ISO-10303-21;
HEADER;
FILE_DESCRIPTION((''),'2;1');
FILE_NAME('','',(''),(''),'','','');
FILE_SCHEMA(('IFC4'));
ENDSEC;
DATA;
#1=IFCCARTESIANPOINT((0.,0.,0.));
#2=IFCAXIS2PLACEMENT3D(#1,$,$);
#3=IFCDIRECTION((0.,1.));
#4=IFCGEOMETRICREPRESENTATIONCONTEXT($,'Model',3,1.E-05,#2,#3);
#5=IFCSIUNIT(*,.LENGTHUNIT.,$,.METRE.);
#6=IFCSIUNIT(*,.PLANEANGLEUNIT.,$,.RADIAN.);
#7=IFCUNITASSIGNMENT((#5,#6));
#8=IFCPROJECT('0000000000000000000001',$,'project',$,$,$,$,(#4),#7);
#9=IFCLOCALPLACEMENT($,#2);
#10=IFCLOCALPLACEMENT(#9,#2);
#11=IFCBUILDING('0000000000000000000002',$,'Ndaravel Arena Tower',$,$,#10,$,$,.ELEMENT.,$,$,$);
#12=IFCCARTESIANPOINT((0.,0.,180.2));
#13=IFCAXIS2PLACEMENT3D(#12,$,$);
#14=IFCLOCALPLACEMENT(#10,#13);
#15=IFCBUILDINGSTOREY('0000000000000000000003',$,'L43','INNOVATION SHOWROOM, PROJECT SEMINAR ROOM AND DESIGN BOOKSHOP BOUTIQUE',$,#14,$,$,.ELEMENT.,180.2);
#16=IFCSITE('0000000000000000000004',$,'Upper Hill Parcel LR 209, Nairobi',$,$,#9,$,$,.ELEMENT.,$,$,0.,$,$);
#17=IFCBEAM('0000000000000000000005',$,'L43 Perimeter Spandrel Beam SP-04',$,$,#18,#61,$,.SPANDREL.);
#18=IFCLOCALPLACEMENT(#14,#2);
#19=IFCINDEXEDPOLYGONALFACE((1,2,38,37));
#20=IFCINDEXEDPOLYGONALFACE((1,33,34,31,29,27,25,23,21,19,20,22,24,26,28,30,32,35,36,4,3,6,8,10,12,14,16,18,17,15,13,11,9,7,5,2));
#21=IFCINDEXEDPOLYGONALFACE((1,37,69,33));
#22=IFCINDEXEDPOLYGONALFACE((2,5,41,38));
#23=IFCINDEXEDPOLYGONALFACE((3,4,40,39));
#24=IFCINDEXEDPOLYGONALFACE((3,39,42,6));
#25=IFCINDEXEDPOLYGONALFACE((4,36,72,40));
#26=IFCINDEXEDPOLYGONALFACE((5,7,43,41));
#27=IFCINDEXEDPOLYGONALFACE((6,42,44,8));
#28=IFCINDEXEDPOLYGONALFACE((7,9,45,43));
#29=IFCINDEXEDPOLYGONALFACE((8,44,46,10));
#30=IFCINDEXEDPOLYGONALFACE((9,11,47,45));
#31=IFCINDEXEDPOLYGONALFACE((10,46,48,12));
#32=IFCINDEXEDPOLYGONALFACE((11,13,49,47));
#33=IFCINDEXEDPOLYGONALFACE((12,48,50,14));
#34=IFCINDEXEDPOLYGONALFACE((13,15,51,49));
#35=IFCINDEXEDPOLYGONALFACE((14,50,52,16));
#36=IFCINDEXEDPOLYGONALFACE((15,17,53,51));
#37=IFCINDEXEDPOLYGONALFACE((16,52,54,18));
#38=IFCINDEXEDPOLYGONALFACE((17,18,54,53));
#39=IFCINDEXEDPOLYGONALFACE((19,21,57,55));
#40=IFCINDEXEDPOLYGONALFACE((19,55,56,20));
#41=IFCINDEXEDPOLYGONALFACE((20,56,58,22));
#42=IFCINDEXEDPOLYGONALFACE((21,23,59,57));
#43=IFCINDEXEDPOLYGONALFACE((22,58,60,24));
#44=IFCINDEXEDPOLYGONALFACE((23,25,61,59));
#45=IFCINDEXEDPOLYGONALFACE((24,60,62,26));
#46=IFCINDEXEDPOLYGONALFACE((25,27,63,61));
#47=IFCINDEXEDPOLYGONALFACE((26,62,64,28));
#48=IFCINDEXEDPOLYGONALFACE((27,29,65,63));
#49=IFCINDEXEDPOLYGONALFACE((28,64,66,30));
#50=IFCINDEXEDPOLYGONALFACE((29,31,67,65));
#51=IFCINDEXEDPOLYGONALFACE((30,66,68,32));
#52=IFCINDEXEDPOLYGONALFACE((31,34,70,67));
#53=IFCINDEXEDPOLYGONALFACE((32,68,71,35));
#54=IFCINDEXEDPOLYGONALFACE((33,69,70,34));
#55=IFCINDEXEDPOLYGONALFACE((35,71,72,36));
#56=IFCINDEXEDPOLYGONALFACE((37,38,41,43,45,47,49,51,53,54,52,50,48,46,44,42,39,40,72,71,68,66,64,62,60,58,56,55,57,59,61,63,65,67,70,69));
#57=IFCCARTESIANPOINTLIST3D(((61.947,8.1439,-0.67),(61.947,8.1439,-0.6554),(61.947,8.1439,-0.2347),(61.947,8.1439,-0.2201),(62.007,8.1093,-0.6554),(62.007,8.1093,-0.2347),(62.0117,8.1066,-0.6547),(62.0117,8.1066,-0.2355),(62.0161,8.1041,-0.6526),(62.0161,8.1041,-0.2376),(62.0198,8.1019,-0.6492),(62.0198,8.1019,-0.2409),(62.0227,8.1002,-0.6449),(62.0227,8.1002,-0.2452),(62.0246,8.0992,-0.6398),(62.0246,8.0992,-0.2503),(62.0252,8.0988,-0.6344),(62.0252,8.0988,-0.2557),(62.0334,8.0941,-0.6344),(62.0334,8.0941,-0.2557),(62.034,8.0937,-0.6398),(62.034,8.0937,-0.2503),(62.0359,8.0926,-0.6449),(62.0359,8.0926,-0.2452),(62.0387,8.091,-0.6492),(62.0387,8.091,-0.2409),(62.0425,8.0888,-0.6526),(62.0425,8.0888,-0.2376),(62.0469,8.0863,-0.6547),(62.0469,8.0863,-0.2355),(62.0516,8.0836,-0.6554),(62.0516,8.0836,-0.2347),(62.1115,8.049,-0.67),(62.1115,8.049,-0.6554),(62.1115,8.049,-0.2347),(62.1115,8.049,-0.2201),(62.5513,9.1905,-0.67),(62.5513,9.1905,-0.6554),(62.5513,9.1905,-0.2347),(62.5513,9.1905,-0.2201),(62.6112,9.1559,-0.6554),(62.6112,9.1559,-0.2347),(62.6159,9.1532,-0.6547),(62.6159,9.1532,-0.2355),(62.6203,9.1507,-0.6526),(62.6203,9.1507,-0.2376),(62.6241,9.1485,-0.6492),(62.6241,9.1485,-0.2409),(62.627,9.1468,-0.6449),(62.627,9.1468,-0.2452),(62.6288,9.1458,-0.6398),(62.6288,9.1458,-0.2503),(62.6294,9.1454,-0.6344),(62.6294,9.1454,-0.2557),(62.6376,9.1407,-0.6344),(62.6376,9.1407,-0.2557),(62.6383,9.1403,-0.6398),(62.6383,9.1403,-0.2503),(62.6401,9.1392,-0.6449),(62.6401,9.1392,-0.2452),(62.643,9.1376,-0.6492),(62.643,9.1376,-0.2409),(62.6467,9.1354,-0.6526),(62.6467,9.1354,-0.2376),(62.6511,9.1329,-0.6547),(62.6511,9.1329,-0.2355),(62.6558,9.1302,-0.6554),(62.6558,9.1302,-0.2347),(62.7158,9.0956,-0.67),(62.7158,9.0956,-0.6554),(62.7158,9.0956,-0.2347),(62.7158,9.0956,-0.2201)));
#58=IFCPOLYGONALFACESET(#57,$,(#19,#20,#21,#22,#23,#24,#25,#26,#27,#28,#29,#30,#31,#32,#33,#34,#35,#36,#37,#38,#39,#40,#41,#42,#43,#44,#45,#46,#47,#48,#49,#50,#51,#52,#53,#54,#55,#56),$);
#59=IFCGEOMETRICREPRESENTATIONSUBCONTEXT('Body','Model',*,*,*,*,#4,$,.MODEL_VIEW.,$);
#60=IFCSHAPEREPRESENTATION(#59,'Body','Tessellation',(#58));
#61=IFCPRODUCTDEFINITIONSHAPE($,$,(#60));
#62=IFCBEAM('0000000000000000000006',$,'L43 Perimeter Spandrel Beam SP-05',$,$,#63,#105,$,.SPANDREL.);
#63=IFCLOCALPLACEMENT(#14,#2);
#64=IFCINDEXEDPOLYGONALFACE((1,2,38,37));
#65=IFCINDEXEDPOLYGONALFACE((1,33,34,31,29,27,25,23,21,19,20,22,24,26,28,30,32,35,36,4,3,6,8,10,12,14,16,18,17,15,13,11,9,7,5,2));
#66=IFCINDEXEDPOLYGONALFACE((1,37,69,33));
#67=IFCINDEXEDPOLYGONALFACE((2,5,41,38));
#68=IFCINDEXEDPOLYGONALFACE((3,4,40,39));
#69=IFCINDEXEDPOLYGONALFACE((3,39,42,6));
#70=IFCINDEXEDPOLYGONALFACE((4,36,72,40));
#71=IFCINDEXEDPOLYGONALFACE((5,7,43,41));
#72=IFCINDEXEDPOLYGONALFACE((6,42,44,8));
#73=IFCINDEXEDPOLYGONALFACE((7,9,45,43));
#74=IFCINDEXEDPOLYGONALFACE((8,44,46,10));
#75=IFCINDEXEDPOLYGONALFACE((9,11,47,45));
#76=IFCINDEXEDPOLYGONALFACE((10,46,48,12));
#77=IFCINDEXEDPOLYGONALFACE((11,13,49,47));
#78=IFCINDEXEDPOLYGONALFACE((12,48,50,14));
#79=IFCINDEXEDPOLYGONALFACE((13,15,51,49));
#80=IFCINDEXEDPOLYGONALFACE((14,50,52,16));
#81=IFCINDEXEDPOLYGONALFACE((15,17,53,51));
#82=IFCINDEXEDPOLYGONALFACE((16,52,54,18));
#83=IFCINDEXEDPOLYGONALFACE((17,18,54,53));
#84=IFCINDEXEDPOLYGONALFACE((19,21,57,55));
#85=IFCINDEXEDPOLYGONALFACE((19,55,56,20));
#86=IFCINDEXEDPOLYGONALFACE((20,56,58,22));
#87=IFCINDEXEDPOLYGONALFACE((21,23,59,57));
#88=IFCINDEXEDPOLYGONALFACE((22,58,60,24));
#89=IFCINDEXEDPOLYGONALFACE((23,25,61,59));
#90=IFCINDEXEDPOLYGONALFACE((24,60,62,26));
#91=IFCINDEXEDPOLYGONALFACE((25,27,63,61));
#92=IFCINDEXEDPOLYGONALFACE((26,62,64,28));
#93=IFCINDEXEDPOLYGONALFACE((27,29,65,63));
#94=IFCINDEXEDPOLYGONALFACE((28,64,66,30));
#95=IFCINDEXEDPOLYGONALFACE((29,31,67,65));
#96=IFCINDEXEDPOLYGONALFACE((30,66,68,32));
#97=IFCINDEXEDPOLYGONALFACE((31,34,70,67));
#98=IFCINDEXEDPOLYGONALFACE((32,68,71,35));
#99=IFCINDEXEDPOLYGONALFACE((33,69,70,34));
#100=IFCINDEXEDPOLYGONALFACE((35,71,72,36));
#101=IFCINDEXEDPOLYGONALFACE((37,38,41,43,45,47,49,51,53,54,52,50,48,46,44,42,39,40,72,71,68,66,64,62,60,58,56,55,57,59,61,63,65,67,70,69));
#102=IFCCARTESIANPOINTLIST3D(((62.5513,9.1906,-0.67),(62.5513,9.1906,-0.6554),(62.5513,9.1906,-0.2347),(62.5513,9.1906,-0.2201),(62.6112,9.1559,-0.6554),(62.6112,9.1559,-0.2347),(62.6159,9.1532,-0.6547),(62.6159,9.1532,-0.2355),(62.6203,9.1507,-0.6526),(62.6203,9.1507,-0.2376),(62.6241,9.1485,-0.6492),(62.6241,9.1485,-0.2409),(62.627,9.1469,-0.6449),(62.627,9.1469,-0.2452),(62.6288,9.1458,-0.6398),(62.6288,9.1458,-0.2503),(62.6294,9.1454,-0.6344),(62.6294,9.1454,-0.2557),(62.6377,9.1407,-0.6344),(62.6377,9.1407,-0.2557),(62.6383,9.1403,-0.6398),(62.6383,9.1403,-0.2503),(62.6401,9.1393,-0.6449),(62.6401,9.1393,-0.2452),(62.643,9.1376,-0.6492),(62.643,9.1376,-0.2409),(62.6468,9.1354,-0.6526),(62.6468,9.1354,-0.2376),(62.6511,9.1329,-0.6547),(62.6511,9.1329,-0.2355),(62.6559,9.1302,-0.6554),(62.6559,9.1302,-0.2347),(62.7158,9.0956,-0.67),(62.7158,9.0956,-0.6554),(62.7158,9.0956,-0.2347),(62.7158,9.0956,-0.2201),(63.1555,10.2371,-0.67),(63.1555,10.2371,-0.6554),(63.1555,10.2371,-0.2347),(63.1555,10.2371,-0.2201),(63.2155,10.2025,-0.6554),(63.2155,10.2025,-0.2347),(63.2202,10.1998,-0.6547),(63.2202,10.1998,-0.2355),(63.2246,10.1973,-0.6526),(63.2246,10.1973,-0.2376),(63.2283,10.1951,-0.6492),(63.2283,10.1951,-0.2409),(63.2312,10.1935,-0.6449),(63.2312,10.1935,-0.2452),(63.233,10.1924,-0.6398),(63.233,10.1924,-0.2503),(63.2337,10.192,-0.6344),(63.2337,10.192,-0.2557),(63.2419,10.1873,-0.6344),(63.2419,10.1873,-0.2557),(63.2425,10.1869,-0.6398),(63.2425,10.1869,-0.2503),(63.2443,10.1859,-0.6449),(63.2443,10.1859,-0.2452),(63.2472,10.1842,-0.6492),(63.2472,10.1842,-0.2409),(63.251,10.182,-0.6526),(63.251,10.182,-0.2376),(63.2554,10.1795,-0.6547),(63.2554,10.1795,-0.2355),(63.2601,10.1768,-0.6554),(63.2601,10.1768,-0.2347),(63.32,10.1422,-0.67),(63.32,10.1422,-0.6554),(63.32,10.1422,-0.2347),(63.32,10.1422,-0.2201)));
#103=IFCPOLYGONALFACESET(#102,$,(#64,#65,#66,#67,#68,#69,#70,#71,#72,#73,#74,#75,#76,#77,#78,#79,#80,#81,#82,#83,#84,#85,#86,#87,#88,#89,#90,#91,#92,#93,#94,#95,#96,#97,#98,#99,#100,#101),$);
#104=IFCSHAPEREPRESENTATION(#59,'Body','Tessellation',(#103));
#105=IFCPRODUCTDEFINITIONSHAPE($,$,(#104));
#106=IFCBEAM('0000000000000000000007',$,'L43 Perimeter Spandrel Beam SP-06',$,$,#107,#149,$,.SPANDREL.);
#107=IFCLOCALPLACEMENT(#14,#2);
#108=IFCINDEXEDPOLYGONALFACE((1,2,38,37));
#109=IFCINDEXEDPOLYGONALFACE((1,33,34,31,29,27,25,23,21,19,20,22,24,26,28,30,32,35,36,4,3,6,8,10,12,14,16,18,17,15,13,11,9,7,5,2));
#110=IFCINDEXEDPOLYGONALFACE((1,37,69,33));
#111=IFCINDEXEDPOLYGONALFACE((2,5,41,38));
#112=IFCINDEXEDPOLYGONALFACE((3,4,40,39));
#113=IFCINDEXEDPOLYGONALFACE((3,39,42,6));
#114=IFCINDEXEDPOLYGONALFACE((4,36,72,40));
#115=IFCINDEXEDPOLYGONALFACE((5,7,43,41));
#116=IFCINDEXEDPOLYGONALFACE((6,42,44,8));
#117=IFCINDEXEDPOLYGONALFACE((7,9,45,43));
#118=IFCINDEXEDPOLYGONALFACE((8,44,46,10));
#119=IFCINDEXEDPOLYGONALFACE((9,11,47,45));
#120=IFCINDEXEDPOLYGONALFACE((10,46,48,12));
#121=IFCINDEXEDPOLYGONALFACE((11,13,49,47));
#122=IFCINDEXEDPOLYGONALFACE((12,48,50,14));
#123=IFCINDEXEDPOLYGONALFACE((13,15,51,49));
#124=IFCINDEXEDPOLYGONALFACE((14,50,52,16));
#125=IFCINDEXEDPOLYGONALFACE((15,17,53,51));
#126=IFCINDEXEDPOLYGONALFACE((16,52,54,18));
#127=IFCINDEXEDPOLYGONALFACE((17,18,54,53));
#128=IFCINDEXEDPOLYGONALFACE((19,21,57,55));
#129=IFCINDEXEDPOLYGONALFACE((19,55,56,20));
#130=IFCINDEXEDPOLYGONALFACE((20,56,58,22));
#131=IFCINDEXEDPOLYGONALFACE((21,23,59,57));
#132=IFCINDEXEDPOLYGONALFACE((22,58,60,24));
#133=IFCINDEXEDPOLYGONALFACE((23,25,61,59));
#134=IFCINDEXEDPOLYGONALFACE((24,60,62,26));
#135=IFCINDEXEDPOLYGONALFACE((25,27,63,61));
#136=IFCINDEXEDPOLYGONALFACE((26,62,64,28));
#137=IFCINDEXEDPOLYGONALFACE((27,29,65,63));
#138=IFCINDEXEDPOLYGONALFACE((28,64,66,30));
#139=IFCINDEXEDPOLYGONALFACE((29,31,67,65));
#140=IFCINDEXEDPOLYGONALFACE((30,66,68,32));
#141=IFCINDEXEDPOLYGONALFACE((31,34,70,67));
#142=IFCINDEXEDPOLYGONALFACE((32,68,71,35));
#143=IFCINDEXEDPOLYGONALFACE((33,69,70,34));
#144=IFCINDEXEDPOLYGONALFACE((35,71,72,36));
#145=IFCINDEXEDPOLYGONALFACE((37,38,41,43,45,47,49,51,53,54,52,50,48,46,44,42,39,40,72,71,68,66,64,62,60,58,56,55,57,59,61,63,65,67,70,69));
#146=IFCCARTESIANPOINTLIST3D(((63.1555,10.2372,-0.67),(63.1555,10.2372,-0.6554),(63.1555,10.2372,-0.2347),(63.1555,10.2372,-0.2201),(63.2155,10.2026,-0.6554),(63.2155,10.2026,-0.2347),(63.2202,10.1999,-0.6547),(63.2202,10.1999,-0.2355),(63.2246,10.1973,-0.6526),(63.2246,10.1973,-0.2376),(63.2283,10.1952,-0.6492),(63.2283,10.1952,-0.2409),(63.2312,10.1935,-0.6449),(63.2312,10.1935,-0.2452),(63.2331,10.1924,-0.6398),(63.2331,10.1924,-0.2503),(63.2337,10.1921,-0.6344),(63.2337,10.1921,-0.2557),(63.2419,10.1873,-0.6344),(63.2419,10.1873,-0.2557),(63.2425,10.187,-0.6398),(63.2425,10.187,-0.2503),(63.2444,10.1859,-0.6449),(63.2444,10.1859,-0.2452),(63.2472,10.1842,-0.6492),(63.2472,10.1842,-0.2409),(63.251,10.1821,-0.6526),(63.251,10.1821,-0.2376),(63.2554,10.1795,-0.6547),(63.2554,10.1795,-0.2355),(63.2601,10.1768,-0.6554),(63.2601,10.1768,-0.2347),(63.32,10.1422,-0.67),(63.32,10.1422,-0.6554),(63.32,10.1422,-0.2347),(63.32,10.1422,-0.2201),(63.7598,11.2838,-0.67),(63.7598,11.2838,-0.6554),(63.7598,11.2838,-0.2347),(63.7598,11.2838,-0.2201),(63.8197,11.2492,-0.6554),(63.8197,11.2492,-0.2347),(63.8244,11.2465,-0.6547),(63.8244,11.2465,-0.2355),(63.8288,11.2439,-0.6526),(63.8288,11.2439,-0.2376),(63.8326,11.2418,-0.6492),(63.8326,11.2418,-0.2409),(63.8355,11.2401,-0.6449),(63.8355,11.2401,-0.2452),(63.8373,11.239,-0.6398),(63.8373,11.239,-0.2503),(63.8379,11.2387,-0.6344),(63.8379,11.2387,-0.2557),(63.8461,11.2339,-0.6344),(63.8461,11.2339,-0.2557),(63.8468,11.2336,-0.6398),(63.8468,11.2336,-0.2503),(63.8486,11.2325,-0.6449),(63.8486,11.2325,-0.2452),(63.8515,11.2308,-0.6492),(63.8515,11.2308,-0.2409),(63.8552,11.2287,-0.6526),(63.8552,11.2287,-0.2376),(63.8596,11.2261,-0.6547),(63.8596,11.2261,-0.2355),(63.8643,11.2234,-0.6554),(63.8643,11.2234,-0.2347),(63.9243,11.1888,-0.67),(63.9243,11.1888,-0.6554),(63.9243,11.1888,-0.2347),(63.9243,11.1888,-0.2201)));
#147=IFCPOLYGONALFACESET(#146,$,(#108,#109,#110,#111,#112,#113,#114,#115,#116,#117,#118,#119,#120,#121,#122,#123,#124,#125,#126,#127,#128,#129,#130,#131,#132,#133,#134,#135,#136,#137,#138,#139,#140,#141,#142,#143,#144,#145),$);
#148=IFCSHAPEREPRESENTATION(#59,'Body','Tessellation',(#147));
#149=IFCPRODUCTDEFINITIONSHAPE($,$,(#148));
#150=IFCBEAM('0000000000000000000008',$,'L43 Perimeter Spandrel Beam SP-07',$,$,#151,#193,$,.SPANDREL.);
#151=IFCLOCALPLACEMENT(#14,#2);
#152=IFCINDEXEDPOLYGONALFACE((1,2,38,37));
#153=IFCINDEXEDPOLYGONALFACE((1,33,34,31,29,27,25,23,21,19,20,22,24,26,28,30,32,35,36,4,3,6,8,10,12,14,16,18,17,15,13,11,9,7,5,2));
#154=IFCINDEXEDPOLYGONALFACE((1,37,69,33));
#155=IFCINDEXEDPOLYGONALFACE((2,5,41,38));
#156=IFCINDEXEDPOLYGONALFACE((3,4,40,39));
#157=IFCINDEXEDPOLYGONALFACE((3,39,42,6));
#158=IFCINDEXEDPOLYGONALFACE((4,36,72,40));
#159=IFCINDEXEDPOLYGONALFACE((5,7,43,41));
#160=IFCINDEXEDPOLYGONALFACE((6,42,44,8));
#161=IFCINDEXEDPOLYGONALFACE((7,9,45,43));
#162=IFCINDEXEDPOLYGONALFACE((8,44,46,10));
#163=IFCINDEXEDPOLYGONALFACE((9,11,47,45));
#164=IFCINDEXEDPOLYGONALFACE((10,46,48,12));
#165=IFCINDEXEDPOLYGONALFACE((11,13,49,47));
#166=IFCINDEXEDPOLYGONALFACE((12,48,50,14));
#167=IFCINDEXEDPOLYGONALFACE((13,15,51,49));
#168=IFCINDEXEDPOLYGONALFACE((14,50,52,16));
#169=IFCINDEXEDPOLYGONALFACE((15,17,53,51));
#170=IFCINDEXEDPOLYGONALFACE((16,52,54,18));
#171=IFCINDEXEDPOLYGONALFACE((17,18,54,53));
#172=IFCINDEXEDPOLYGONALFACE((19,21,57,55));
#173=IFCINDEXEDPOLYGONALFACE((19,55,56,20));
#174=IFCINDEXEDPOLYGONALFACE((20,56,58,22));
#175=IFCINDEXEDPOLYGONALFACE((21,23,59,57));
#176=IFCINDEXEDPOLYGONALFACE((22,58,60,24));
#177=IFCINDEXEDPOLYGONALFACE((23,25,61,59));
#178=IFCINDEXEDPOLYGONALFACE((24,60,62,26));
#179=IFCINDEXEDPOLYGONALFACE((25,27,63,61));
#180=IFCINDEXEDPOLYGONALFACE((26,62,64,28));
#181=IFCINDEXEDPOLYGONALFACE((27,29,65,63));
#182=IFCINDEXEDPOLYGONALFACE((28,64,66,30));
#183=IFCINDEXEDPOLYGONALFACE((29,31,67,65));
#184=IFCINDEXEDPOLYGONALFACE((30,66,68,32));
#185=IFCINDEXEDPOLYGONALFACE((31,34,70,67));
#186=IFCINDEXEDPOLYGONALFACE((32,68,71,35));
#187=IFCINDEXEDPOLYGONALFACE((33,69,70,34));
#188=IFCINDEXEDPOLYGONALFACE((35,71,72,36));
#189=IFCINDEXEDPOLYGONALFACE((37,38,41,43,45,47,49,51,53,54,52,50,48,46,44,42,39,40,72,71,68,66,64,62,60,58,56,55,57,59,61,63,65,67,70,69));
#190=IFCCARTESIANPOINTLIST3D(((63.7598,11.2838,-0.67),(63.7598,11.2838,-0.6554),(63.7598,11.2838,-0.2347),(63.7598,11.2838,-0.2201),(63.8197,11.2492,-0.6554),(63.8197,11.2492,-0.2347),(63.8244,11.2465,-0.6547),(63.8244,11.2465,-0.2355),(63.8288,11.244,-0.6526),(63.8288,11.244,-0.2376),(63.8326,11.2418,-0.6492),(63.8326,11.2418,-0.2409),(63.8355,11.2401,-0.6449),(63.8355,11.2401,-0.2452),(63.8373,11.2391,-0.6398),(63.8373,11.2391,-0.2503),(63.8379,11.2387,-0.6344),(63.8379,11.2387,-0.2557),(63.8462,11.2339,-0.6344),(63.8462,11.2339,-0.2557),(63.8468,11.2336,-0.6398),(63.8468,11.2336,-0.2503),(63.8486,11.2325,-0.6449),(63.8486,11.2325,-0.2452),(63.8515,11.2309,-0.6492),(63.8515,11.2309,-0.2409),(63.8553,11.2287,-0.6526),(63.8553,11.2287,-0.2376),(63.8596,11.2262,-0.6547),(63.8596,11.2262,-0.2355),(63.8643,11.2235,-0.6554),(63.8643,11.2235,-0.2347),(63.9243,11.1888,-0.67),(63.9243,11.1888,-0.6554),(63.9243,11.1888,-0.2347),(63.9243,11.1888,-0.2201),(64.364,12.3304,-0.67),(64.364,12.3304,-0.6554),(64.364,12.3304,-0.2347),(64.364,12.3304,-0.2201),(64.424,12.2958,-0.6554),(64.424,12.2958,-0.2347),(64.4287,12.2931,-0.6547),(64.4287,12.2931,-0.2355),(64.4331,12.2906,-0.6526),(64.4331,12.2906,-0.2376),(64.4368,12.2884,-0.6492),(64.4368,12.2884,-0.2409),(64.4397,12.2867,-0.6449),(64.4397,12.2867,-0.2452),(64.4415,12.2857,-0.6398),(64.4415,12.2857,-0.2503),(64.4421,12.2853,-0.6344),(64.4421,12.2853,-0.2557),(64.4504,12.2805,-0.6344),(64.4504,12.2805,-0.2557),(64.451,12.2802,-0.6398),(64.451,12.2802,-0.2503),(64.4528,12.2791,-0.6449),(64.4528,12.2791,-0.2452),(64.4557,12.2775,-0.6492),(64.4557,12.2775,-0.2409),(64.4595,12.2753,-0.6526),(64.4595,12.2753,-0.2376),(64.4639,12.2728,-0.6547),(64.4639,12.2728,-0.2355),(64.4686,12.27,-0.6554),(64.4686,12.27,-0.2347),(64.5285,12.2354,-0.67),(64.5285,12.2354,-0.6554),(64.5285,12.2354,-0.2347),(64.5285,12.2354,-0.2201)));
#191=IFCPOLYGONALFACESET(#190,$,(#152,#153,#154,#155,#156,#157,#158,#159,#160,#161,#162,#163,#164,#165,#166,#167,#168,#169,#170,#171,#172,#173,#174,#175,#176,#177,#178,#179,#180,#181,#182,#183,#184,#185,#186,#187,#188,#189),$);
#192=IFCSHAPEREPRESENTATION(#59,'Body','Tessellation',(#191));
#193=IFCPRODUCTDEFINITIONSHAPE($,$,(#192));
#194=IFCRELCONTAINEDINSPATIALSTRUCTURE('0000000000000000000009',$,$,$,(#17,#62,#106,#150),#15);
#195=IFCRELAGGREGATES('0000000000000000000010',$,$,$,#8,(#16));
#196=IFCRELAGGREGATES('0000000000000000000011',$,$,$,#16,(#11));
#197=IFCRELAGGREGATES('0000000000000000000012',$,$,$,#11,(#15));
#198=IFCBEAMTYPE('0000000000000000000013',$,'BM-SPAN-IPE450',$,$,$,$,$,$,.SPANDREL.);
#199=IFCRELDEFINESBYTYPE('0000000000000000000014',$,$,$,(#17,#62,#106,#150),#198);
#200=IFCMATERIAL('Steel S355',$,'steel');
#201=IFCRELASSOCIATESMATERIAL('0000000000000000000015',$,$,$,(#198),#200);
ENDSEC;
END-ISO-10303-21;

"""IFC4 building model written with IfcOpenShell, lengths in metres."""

from ifc_helpers import new_model, si_unit, direction, frame, origin, origin_2d, place, context, subcontext, project, spatial, i_section, extrude, material, material_profile, profile_set, type_object, element, save


model = new_model("IFC4")

# Units and contexts
model_context = context("Model", 3, precision=1e-05, world=origin(), true_north=direction((0.0, 1.0)))
body_context = subcontext(model_context, "Body", "Model", "MODEL_VIEW")
ifc_project = project(units=[si_unit("LENGTHUNIT", "METRE"), si_unit("PLANEANGLEUNIT", "RADIAN")], contexts=[model_context])

# Site, building, storey
site_placement = place(None, origin())
site = spatial("IfcSite", under=ifc_project, at=site_placement, Name="Upper Hill Parcel LR 209, Nairobi", CompositionType="ELEMENT", RefElevation=0.0)
building_placement = place(site_placement, origin())
building = spatial("IfcBuilding", under=site, at=building_placement, Name="Ndaravel Arena Tower", CompositionType="ELEMENT")
storey_placement = place(building_placement, frame((0.0, 0.0, 180.2)))
storey = spatial("IfcBuildingStorey", under=building, at=storey_placement, Name="L43", Description="INNOVATION SHOWROOM, PROJECT SEMINAR ROOM AND DESIGN BOOKSHOP BOUTIQUE", CompositionType="ELEMENT", Elevation=180.2)

# Beams
ifc_material_1 = material(Name="Steel S355", Category="steel")
ifc_material_profile_1 = material_profile(ifc_material_1, i_section(OverallWidth=0.1899, OverallDepth=0.45, WebThickness=0.0095, FlangeThickness=0.0146, FilletRadius=0.021, at=origin_2d()), Name="IPE 450")
ifc_profile_set_1 = profile_set([ifc_material_profile_1], Name="Steel S355")
beam_type = type_object("IfcBeamType", Name="BM-SPAN-IPE450", PredefinedType="SPANDREL", material=ifc_profile_set_1)
for number, where, z_axis, x_axis, name in (
    (1, (62.0293, 8.0964, -0.4451), (0.499985, 0.866034, 0.0), (-0.866034, 0.499985, 0.0), "L43 Perimeter Spandrel Beam SP-04"),
    (2, (62.6335, 9.1431, -0.4451), (0.499985, 0.866034, 0.0), (-0.866034, 0.499985, 0.0), "L43 Perimeter Spandrel Beam SP-05"),
    (3, (63.2378, 10.1897, -0.4451), (0.499985, 0.866034, 0.0), (-0.866034, 0.499985, 0.0), "L43 Perimeter Spandrel Beam SP-06"),
    (4, (63.842, 11.2363, -0.4451), (0.499985, 0.866034, 0.0), (-0.866034, 0.499985, 0.0), "L43 Perimeter Spandrel Beam SP-07"),
):
    element("IfcBeam", number, at=place(storey_placement, frame(where, z_axis=z_axis, x_axis=x_axis)), inside=storey, type_object=beam_type, Name=name, PredefinedType="SPANDREL", context=body_context, shape_type="SweptSolid", body=[
        extrude(i_section(OverallWidth=0.1899, OverallDepth=0.45, WebThickness=0.0095, FlangeThickness=0.0146, FilletRadius=0.021, at=origin_2d()), origin(), (0.0, 0.0, 1.0), 1.2085),
    ])

save(model, "model.ifc")
